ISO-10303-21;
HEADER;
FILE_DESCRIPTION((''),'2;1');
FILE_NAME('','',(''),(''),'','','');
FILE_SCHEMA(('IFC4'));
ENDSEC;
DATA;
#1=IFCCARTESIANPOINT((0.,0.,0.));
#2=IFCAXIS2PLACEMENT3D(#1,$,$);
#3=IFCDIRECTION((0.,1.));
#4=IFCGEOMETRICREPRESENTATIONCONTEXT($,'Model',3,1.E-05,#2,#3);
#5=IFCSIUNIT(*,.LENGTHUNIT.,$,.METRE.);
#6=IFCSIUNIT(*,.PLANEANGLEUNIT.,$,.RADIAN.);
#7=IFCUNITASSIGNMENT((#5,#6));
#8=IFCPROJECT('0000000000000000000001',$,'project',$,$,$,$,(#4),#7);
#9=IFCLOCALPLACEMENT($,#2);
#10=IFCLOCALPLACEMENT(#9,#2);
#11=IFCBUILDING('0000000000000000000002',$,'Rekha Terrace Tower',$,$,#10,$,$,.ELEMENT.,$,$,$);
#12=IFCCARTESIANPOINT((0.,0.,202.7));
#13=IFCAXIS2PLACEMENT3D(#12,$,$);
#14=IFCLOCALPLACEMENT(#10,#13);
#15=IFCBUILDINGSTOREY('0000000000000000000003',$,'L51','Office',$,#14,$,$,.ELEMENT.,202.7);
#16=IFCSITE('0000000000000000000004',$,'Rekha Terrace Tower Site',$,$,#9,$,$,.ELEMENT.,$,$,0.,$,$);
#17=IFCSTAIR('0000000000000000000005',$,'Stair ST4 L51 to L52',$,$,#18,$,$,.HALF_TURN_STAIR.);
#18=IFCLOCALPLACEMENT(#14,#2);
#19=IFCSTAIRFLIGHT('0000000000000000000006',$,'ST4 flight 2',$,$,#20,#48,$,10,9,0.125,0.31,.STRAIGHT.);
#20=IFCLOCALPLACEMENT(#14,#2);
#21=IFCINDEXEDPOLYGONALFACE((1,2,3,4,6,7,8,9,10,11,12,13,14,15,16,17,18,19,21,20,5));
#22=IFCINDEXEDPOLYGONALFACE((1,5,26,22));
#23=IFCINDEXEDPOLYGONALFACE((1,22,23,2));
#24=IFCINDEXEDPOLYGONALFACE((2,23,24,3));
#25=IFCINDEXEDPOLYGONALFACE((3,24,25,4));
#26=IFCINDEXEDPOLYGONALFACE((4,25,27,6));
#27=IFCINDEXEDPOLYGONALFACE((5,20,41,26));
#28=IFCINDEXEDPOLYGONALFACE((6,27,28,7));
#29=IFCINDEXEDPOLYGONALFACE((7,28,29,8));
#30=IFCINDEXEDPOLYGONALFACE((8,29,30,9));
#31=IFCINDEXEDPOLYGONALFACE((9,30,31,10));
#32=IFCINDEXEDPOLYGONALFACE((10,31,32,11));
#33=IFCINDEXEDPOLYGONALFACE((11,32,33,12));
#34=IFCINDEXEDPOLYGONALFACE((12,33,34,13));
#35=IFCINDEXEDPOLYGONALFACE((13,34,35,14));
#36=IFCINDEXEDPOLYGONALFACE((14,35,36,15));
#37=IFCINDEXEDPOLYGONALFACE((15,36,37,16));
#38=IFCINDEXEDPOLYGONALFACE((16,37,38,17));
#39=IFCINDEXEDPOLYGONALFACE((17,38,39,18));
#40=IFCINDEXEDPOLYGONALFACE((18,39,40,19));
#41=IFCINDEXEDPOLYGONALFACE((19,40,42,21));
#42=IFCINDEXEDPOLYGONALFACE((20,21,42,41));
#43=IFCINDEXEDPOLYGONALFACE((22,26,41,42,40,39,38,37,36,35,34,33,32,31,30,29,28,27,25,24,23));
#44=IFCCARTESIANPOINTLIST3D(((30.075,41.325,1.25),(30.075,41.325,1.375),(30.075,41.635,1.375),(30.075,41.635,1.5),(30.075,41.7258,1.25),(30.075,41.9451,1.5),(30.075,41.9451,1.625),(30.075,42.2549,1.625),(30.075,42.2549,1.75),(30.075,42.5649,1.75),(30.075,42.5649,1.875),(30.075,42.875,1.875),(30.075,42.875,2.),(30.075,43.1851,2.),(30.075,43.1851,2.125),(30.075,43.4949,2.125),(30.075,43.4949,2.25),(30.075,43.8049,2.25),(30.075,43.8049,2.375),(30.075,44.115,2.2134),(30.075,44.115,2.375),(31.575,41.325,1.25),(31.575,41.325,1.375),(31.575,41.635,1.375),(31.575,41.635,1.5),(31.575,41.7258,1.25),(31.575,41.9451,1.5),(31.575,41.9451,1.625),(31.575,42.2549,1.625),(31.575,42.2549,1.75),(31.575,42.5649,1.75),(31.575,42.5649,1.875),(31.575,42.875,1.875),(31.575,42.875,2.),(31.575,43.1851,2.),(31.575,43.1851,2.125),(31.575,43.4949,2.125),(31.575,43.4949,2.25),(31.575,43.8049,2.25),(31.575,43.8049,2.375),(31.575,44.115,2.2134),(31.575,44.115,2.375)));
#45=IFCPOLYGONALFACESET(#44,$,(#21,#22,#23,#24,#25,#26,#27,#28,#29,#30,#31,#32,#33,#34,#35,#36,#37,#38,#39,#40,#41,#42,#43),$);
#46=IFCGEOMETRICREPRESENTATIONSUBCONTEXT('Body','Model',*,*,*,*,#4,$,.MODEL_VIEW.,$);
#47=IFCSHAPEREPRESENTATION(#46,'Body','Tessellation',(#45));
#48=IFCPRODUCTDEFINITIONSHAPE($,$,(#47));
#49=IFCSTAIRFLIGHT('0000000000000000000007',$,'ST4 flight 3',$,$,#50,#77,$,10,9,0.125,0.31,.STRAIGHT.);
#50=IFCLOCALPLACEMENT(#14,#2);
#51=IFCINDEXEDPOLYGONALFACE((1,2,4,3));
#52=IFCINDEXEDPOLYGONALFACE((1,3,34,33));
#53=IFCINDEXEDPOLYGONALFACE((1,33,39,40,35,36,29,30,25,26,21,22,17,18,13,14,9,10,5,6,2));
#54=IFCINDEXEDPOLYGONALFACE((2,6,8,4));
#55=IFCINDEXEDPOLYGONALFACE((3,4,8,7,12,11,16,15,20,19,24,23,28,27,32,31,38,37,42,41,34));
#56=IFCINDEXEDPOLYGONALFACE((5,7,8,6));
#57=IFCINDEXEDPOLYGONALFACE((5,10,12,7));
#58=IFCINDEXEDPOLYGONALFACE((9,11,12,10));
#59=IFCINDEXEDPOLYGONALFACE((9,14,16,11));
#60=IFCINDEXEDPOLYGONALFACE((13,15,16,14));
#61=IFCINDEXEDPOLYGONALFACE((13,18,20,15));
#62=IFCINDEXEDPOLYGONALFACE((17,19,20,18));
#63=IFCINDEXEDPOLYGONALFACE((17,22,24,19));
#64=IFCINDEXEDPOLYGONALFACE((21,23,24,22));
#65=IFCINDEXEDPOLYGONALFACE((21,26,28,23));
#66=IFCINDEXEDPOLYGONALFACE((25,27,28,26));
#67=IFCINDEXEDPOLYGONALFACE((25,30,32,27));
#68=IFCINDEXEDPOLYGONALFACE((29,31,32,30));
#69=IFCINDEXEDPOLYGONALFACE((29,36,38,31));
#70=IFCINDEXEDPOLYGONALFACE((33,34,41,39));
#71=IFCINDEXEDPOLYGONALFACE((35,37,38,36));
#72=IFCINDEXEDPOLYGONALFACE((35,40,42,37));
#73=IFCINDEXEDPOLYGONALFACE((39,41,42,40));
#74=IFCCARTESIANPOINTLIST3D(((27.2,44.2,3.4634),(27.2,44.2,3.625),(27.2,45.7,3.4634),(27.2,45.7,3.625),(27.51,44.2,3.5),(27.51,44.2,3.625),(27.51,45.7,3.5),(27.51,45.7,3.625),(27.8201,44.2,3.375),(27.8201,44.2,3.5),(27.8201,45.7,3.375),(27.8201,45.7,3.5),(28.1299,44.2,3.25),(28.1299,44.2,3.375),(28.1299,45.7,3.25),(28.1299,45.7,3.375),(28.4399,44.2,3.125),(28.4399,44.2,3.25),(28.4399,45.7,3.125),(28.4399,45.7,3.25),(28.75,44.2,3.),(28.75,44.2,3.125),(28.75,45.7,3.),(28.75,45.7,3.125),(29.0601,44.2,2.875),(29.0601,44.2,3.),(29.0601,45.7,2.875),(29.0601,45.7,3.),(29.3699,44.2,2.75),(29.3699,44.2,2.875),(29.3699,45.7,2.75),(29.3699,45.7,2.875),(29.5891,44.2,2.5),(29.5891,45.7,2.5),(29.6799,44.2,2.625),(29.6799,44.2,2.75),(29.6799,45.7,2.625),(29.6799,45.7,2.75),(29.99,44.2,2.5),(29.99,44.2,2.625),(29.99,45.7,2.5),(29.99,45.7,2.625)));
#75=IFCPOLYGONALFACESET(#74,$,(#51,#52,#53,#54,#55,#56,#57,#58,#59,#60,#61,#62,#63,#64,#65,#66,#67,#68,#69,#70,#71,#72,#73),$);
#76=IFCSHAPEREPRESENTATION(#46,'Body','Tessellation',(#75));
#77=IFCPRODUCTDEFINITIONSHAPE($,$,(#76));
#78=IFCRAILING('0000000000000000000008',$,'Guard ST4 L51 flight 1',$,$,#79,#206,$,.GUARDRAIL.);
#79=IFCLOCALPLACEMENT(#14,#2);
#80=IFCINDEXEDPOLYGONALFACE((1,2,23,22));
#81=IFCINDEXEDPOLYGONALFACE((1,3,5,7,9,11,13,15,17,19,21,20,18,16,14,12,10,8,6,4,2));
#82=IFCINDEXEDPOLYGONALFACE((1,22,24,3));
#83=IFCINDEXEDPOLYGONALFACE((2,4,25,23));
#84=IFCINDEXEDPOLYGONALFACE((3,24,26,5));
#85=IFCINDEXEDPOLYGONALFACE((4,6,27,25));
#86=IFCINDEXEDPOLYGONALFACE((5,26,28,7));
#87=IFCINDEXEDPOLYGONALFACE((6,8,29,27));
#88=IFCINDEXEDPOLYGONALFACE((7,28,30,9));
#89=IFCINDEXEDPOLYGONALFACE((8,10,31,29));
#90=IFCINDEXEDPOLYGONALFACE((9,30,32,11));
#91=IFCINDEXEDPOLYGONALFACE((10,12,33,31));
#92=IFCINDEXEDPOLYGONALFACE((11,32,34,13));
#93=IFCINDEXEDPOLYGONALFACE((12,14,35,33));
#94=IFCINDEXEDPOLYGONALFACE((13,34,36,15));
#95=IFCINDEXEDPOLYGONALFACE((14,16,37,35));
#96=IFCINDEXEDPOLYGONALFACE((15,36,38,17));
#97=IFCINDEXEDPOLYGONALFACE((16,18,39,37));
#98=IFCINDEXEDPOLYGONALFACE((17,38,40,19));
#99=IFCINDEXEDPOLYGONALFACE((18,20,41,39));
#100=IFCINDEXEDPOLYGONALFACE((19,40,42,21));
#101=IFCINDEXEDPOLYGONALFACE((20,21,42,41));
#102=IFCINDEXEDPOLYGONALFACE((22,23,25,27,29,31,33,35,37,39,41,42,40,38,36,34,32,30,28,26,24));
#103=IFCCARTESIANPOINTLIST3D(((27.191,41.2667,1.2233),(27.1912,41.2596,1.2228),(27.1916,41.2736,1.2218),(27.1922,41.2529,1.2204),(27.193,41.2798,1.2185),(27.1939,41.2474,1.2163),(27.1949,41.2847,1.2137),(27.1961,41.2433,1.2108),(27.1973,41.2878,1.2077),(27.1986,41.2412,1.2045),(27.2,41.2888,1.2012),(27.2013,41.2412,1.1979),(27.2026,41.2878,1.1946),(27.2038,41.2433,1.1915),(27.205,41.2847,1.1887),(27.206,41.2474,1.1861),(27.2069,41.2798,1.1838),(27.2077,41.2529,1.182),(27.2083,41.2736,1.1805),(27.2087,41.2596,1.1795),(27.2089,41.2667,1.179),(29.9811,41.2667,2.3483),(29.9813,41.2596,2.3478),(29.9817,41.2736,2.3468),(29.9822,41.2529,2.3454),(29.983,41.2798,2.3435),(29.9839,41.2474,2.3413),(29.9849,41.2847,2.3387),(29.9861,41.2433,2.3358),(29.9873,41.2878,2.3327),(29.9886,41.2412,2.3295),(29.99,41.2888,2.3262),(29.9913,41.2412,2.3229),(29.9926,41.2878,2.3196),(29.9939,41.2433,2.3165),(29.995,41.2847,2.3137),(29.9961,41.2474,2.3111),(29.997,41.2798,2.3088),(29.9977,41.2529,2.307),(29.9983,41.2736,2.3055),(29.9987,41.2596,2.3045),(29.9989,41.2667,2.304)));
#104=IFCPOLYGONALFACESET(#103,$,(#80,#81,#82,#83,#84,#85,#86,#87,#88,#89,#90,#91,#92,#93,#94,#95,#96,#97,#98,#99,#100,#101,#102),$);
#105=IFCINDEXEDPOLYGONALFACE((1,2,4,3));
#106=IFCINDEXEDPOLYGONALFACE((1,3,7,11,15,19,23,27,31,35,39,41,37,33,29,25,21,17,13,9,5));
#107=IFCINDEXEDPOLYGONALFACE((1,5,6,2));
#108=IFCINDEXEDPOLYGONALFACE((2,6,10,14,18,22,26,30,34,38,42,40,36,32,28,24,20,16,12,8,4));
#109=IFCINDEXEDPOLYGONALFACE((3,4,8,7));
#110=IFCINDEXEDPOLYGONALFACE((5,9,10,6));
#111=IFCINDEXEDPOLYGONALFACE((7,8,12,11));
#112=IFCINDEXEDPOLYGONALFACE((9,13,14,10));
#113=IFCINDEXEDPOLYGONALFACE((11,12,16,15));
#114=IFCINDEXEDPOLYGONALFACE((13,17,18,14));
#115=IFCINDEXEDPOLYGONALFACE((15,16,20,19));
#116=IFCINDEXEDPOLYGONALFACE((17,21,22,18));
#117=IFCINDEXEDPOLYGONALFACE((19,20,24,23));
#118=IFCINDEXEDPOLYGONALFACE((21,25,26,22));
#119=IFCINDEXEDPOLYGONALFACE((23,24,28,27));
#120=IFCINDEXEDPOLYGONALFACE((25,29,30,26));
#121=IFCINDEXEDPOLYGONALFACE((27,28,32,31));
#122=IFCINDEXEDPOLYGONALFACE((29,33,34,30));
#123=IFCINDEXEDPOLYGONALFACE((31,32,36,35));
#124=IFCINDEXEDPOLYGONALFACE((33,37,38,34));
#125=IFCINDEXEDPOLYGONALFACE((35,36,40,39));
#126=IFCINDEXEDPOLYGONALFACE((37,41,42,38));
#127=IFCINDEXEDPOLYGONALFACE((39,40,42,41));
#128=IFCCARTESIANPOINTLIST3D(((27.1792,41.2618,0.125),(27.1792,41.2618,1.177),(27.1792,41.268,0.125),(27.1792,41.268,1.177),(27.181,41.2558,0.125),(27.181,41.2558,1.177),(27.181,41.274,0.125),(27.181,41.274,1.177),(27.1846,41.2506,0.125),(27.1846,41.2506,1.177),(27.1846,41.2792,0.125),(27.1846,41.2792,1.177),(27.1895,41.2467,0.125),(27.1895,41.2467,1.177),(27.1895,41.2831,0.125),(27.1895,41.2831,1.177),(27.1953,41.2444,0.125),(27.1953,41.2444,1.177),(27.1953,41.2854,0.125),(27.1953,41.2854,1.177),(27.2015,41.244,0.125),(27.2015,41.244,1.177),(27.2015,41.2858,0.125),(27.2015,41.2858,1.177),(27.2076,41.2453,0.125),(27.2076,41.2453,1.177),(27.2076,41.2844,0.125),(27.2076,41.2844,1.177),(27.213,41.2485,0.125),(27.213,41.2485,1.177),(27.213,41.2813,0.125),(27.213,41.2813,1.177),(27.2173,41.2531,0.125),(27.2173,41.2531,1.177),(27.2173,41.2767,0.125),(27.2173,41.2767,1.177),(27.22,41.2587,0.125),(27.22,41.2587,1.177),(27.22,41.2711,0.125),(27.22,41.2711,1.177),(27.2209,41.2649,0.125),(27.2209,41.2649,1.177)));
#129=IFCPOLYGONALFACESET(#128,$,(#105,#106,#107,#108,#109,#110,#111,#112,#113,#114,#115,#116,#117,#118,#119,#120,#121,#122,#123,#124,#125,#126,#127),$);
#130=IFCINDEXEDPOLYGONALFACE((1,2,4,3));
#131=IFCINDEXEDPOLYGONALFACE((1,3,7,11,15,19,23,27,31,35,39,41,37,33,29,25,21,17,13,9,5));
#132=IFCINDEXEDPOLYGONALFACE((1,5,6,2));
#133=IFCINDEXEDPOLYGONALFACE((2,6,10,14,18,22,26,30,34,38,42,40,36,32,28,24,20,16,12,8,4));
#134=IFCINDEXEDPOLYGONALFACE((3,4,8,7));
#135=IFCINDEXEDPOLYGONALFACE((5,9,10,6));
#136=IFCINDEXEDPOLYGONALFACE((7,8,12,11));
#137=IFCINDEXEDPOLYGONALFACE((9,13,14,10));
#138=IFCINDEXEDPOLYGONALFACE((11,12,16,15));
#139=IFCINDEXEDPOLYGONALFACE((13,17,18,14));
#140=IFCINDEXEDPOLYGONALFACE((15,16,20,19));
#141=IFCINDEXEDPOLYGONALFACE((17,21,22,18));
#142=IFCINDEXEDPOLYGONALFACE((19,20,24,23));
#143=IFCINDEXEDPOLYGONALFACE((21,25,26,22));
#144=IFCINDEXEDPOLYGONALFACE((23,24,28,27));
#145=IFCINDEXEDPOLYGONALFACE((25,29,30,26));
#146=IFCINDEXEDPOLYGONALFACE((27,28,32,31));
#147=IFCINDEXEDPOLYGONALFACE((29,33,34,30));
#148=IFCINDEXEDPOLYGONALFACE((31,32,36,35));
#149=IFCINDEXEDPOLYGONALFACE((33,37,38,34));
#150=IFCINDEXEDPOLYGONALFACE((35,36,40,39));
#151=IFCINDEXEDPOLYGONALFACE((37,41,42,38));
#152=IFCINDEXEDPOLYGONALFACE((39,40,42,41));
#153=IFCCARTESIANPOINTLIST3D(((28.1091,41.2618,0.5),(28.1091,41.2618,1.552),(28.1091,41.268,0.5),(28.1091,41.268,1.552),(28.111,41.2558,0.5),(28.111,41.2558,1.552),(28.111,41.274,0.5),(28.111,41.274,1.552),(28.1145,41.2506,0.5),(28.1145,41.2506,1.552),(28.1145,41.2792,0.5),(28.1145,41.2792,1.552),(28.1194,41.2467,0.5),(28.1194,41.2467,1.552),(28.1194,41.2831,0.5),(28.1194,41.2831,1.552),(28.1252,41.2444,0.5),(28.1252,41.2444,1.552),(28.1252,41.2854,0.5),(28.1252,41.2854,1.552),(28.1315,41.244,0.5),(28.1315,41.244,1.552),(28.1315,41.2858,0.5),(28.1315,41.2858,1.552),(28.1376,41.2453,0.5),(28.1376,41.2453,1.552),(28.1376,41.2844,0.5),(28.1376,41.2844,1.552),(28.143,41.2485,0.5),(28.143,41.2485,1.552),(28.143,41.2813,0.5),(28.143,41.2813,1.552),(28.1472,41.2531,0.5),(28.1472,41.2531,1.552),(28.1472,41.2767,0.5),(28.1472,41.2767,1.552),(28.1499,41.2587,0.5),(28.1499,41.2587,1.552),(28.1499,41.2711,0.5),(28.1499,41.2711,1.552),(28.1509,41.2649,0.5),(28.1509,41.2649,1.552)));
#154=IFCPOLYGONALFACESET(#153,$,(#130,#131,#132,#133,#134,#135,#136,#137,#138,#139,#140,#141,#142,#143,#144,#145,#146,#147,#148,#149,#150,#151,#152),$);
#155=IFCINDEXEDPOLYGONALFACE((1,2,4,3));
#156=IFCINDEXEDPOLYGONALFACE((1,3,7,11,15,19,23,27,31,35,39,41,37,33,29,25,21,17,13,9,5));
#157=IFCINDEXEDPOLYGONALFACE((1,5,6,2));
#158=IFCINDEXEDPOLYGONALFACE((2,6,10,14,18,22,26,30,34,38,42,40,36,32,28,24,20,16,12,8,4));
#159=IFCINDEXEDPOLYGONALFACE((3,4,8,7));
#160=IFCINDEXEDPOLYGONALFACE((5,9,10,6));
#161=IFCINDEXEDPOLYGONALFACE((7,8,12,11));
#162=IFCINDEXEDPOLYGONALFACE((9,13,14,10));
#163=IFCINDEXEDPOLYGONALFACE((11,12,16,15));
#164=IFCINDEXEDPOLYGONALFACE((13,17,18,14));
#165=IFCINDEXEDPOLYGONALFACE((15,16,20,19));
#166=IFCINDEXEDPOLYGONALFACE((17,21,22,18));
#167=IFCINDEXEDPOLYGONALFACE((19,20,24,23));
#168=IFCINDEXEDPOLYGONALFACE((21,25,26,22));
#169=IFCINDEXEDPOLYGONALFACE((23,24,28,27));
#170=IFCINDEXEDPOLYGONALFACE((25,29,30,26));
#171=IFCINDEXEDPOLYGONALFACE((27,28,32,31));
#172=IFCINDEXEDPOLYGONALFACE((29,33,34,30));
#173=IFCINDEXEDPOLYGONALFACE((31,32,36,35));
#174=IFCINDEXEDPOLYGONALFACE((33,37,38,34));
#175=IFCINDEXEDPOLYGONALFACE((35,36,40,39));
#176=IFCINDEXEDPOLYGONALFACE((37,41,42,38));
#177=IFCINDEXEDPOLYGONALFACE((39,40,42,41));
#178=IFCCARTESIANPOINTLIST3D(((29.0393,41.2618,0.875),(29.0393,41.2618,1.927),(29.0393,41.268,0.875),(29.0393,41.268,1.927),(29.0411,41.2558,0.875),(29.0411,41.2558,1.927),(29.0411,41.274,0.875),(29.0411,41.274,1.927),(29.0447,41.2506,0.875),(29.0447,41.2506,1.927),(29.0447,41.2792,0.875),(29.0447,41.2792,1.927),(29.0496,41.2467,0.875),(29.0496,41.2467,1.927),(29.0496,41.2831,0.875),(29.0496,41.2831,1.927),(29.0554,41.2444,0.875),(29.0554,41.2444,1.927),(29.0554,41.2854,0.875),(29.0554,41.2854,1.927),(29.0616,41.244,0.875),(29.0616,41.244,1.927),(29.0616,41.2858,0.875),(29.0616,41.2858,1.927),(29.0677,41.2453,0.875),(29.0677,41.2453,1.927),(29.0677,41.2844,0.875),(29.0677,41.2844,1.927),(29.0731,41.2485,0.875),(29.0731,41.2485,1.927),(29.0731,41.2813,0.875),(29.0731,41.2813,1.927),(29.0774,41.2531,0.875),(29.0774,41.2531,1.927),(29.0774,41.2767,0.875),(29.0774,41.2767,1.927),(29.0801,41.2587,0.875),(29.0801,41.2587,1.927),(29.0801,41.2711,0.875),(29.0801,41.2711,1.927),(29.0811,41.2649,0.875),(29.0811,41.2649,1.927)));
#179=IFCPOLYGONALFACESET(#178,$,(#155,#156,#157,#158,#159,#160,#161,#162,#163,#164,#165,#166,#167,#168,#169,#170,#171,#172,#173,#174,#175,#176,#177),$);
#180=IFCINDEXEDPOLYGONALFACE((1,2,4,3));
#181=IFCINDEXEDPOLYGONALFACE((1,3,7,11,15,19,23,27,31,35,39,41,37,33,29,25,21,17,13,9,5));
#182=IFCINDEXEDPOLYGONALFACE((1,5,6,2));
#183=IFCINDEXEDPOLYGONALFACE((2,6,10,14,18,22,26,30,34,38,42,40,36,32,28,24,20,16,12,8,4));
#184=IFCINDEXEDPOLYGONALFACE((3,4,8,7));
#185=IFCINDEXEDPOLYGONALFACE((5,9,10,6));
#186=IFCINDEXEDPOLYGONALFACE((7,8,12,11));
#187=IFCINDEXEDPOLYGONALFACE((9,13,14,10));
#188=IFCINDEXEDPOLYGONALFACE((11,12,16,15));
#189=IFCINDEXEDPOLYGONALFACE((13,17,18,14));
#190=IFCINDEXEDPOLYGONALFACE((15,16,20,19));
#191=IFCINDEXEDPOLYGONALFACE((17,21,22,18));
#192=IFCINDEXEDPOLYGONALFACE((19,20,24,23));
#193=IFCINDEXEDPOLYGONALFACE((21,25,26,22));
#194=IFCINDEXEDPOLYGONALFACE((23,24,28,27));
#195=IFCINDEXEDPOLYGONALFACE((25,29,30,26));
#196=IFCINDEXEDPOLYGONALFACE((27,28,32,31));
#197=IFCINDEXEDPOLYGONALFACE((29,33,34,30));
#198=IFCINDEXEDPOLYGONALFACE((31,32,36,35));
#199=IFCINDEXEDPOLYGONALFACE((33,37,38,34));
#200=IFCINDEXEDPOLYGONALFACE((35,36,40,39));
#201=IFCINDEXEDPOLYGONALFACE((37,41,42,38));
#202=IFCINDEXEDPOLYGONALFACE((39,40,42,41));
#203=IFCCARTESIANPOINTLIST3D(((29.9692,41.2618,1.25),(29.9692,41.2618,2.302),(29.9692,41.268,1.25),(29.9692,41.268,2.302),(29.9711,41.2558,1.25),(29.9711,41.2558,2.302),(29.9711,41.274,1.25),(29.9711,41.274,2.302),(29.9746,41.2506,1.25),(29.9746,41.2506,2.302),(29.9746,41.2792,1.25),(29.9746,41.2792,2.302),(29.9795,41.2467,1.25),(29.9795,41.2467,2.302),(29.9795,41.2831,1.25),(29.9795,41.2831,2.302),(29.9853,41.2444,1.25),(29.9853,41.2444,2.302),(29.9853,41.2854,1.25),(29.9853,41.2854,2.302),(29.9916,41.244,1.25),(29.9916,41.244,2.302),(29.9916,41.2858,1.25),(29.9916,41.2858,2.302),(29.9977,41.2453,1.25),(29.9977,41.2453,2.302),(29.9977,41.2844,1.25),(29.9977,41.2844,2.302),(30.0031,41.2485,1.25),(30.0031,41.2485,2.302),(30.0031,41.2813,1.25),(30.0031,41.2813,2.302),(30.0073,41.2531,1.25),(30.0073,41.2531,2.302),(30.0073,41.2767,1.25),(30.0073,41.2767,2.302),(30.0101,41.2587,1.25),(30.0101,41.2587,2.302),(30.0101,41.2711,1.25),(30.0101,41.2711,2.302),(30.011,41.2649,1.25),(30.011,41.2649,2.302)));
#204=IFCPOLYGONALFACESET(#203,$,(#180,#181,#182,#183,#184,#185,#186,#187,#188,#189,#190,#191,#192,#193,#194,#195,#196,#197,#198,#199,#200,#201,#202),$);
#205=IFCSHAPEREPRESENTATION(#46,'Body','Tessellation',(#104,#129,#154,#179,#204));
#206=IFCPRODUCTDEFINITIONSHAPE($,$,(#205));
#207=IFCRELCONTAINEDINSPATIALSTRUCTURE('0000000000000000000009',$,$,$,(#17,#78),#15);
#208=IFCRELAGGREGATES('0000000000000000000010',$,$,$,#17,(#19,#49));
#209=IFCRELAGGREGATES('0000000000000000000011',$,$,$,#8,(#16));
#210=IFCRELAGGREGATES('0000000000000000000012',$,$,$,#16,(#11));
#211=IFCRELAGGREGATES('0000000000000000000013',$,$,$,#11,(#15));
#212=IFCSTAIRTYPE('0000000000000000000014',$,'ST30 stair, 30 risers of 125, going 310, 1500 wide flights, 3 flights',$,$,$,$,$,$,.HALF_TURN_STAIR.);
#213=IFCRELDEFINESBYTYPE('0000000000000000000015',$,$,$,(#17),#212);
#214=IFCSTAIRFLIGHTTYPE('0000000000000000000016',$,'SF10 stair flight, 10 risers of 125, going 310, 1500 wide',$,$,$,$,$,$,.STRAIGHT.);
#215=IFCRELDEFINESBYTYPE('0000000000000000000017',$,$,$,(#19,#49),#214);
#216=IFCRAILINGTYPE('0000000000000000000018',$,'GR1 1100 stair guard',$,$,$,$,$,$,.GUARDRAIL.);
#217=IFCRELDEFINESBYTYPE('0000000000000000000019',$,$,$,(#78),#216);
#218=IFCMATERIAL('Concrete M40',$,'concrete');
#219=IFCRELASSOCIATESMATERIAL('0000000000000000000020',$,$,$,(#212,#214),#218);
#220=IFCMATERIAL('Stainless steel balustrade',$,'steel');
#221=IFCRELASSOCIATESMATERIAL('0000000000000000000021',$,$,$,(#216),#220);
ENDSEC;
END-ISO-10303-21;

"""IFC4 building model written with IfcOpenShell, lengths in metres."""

from ifc_helpers import new_model, si_unit, direction, frame, origin, origin_2d, place, context, subcontext, project, spatial, polyline, circle, outline, extrude, material, type_object, element, aggregate, save


model = new_model("IFC4")

# Units and contexts
model_context = context("Model", 3, precision=1e-05, world=origin(), true_north=direction((0.0, 1.0)))
body_context = subcontext(model_context, "Body", "Model", "MODEL_VIEW")
ifc_project = project(units=[si_unit("LENGTHUNIT", "METRE"), si_unit("PLANEANGLEUNIT", "RADIAN")], contexts=[model_context])

# Site, building, storey
site_placement = place(None, origin())
site = spatial("IfcSite", under=ifc_project, at=site_placement, Name="Rekha Terrace Tower Site", CompositionType="ELEMENT", RefElevation=0.0)
building_placement = place(site_placement, origin())
building = spatial("IfcBuilding", under=site, at=building_placement, Name="Rekha Terrace Tower", CompositionType="ELEMENT")
storey_placement = place(building_placement, frame((0.0, 0.0, 202.7)))
storey = spatial("IfcBuildingStorey", under=building, at=storey_placement, Name="L51", Description="Office", CompositionType="ELEMENT", Elevation=202.7)

# Stair, stair flights
ifc_material_1 = material(Name="Concrete M40", Category="concrete")
stair_type = type_object("IfcStairType", Name="ST30 stair, 30 risers of 125, going 310, 1500 wide flights, 3 flights", PredefinedType="HALF_TURN_STAIR", material=ifc_material_1)
stair_placement = place(storey_placement, origin())
stair = element("IfcStair", 1, at=stair_placement, inside=storey, type_object=stair_type, Name="Stair ST4 L51 to L52", PredefinedType="HALF_TURN_STAIR")
stair_flight_type = type_object("IfcStairFlightType", Name="SF10 stair flight, 10 risers of 125, going 310, 1500 wide", PredefinedType="STRAIGHT", material=ifc_material_1)
stair_flight_1_placement = place(storey_placement, frame((30.825, 41.325, 1.25), z_axis=(0.0, 0.0, 1.0), x_axis=(0.0, 1.0, 0.0)))
stair_flight_1 = element("IfcStairFlight", 2, at=stair_flight_1_placement, type_object=stair_flight_type, Name="ST4 flight 2", NumberOfRisers=10, NumberOfTreads=9, PredefinedType="STRAIGHT", RiserHeight=0.125, TreadLength=0.31, context=body_context, shape_type="SweptSolid", body=[
    extrude(outline(polyline([(0.0, 0.0), (0.0, 0.125), (0.3101, 0.125), (0.3101, 0.25), (0.6201, 0.25), (0.6201, 0.375), (0.9299, 0.375), (0.9299, 0.5), (1.24, 0.5), (1.24, 0.625), (1.55, 0.625), (1.55, 0.75), (1.8601, 0.75), (1.8601, 0.875), (2.1699, 0.875), (2.1699, 1.0), (2.48, 1.0), (2.48, 1.125), (2.79, 1.125), (2.79, 1.25), (2.79, 0.9634), (0.4009, 0.0), (0.0, 0.0)])), frame((0.0, 0.75, 0.0), z_axis=(0.0, -1.0, 0.0), x_axis=(1.0, 0.0, 0.0)), (0.0, 0.0, 1.0), 1.5),
])
stair_flight_2_placement = place(storey_placement, frame((29.99, 44.95, 2.5), z_axis=(0.0, 0.0, 1.0), x_axis=(-1.0, 0.0, 0.0)))
stair_flight_2 = element("IfcStairFlight", 3, at=stair_flight_2_placement, type_object=stair_flight_type, Name="ST4 flight 3", NumberOfRisers=10, NumberOfTreads=9, PredefinedType="STRAIGHT", RiserHeight=0.125, TreadLength=0.31, context=body_context, shape_type="SweptSolid", body=[
    extrude(outline(polyline([(0.0, 0.0), (0.0, 0.125), (0.3101, 0.125), (0.3101, 0.25), (0.6201, 0.25), (0.6201, 0.375), (0.9299, 0.375), (0.9299, 0.5), (1.24, 0.5), (1.24, 0.625), (1.55, 0.625), (1.55, 0.75), (1.8601, 0.75), (1.8601, 0.875), (2.1699, 0.875), (2.1699, 1.0), (2.48, 1.0), (2.48, 1.125), (2.79, 1.125), (2.79, 1.25), (2.79, 0.9634), (0.4009, 0.0), (0.0, 0.0)])), frame((0.0, 0.75, 0.0), z_axis=(0.0, -1.0, 0.0), x_axis=(1.0, 0.0, 0.0)), (0.0, 0.0, 1.0), 1.5),
])
aggregate(stair, [stair_flight_1, stair_flight_2])

# Railing
ifc_material_2 = material(Name="Stainless steel balustrade", Category="steel")
railing_type_1 = type_object("IfcRailingType", Name="GR1 1100 stair guard", PredefinedType="GUARDRAIL", material=ifc_material_2)
railing_1_placement = place(storey_placement, frame((27.2, 41.2649, 0.125)))
element("IfcRailing", 4, at=railing_1_placement, inside=storey, type_object=railing_type_1, Name="Guard ST4 L51 flight 1", PredefinedType="GUARDRAIL", context=body_context, shape_type="SweptSolid", body=[
    extrude(circle(Radius=0.0239, at=origin_2d()), frame((0.0, 0.0, 1.0762), z_axis=(0.927443, 0.0, 0.373964), x_axis=(0.0, 1.0, 0.0)), (0.0, 0.0, 1.0), 3.0083),
    extrude(circle(Radius=0.021, at=origin_2d()), origin(), (0.0, 0.0, 1.0), 1.052),
    extrude(circle(Radius=0.021, at=origin_2d()), frame((0.9299, 0.0, 0.375)), (0.0, 0.0, 1.0), 1.052),
    extrude(circle(Radius=0.021, at=origin_2d()), frame((1.8601, 0.0, 0.75)), (0.0, 0.0, 1.0), 1.052),
    extrude(circle(Radius=0.021, at=origin_2d()), frame((2.79, 0.0, 1.125)), (0.0, 0.0, 1.0), 1.052),
])

save(model, "model.ifc")
